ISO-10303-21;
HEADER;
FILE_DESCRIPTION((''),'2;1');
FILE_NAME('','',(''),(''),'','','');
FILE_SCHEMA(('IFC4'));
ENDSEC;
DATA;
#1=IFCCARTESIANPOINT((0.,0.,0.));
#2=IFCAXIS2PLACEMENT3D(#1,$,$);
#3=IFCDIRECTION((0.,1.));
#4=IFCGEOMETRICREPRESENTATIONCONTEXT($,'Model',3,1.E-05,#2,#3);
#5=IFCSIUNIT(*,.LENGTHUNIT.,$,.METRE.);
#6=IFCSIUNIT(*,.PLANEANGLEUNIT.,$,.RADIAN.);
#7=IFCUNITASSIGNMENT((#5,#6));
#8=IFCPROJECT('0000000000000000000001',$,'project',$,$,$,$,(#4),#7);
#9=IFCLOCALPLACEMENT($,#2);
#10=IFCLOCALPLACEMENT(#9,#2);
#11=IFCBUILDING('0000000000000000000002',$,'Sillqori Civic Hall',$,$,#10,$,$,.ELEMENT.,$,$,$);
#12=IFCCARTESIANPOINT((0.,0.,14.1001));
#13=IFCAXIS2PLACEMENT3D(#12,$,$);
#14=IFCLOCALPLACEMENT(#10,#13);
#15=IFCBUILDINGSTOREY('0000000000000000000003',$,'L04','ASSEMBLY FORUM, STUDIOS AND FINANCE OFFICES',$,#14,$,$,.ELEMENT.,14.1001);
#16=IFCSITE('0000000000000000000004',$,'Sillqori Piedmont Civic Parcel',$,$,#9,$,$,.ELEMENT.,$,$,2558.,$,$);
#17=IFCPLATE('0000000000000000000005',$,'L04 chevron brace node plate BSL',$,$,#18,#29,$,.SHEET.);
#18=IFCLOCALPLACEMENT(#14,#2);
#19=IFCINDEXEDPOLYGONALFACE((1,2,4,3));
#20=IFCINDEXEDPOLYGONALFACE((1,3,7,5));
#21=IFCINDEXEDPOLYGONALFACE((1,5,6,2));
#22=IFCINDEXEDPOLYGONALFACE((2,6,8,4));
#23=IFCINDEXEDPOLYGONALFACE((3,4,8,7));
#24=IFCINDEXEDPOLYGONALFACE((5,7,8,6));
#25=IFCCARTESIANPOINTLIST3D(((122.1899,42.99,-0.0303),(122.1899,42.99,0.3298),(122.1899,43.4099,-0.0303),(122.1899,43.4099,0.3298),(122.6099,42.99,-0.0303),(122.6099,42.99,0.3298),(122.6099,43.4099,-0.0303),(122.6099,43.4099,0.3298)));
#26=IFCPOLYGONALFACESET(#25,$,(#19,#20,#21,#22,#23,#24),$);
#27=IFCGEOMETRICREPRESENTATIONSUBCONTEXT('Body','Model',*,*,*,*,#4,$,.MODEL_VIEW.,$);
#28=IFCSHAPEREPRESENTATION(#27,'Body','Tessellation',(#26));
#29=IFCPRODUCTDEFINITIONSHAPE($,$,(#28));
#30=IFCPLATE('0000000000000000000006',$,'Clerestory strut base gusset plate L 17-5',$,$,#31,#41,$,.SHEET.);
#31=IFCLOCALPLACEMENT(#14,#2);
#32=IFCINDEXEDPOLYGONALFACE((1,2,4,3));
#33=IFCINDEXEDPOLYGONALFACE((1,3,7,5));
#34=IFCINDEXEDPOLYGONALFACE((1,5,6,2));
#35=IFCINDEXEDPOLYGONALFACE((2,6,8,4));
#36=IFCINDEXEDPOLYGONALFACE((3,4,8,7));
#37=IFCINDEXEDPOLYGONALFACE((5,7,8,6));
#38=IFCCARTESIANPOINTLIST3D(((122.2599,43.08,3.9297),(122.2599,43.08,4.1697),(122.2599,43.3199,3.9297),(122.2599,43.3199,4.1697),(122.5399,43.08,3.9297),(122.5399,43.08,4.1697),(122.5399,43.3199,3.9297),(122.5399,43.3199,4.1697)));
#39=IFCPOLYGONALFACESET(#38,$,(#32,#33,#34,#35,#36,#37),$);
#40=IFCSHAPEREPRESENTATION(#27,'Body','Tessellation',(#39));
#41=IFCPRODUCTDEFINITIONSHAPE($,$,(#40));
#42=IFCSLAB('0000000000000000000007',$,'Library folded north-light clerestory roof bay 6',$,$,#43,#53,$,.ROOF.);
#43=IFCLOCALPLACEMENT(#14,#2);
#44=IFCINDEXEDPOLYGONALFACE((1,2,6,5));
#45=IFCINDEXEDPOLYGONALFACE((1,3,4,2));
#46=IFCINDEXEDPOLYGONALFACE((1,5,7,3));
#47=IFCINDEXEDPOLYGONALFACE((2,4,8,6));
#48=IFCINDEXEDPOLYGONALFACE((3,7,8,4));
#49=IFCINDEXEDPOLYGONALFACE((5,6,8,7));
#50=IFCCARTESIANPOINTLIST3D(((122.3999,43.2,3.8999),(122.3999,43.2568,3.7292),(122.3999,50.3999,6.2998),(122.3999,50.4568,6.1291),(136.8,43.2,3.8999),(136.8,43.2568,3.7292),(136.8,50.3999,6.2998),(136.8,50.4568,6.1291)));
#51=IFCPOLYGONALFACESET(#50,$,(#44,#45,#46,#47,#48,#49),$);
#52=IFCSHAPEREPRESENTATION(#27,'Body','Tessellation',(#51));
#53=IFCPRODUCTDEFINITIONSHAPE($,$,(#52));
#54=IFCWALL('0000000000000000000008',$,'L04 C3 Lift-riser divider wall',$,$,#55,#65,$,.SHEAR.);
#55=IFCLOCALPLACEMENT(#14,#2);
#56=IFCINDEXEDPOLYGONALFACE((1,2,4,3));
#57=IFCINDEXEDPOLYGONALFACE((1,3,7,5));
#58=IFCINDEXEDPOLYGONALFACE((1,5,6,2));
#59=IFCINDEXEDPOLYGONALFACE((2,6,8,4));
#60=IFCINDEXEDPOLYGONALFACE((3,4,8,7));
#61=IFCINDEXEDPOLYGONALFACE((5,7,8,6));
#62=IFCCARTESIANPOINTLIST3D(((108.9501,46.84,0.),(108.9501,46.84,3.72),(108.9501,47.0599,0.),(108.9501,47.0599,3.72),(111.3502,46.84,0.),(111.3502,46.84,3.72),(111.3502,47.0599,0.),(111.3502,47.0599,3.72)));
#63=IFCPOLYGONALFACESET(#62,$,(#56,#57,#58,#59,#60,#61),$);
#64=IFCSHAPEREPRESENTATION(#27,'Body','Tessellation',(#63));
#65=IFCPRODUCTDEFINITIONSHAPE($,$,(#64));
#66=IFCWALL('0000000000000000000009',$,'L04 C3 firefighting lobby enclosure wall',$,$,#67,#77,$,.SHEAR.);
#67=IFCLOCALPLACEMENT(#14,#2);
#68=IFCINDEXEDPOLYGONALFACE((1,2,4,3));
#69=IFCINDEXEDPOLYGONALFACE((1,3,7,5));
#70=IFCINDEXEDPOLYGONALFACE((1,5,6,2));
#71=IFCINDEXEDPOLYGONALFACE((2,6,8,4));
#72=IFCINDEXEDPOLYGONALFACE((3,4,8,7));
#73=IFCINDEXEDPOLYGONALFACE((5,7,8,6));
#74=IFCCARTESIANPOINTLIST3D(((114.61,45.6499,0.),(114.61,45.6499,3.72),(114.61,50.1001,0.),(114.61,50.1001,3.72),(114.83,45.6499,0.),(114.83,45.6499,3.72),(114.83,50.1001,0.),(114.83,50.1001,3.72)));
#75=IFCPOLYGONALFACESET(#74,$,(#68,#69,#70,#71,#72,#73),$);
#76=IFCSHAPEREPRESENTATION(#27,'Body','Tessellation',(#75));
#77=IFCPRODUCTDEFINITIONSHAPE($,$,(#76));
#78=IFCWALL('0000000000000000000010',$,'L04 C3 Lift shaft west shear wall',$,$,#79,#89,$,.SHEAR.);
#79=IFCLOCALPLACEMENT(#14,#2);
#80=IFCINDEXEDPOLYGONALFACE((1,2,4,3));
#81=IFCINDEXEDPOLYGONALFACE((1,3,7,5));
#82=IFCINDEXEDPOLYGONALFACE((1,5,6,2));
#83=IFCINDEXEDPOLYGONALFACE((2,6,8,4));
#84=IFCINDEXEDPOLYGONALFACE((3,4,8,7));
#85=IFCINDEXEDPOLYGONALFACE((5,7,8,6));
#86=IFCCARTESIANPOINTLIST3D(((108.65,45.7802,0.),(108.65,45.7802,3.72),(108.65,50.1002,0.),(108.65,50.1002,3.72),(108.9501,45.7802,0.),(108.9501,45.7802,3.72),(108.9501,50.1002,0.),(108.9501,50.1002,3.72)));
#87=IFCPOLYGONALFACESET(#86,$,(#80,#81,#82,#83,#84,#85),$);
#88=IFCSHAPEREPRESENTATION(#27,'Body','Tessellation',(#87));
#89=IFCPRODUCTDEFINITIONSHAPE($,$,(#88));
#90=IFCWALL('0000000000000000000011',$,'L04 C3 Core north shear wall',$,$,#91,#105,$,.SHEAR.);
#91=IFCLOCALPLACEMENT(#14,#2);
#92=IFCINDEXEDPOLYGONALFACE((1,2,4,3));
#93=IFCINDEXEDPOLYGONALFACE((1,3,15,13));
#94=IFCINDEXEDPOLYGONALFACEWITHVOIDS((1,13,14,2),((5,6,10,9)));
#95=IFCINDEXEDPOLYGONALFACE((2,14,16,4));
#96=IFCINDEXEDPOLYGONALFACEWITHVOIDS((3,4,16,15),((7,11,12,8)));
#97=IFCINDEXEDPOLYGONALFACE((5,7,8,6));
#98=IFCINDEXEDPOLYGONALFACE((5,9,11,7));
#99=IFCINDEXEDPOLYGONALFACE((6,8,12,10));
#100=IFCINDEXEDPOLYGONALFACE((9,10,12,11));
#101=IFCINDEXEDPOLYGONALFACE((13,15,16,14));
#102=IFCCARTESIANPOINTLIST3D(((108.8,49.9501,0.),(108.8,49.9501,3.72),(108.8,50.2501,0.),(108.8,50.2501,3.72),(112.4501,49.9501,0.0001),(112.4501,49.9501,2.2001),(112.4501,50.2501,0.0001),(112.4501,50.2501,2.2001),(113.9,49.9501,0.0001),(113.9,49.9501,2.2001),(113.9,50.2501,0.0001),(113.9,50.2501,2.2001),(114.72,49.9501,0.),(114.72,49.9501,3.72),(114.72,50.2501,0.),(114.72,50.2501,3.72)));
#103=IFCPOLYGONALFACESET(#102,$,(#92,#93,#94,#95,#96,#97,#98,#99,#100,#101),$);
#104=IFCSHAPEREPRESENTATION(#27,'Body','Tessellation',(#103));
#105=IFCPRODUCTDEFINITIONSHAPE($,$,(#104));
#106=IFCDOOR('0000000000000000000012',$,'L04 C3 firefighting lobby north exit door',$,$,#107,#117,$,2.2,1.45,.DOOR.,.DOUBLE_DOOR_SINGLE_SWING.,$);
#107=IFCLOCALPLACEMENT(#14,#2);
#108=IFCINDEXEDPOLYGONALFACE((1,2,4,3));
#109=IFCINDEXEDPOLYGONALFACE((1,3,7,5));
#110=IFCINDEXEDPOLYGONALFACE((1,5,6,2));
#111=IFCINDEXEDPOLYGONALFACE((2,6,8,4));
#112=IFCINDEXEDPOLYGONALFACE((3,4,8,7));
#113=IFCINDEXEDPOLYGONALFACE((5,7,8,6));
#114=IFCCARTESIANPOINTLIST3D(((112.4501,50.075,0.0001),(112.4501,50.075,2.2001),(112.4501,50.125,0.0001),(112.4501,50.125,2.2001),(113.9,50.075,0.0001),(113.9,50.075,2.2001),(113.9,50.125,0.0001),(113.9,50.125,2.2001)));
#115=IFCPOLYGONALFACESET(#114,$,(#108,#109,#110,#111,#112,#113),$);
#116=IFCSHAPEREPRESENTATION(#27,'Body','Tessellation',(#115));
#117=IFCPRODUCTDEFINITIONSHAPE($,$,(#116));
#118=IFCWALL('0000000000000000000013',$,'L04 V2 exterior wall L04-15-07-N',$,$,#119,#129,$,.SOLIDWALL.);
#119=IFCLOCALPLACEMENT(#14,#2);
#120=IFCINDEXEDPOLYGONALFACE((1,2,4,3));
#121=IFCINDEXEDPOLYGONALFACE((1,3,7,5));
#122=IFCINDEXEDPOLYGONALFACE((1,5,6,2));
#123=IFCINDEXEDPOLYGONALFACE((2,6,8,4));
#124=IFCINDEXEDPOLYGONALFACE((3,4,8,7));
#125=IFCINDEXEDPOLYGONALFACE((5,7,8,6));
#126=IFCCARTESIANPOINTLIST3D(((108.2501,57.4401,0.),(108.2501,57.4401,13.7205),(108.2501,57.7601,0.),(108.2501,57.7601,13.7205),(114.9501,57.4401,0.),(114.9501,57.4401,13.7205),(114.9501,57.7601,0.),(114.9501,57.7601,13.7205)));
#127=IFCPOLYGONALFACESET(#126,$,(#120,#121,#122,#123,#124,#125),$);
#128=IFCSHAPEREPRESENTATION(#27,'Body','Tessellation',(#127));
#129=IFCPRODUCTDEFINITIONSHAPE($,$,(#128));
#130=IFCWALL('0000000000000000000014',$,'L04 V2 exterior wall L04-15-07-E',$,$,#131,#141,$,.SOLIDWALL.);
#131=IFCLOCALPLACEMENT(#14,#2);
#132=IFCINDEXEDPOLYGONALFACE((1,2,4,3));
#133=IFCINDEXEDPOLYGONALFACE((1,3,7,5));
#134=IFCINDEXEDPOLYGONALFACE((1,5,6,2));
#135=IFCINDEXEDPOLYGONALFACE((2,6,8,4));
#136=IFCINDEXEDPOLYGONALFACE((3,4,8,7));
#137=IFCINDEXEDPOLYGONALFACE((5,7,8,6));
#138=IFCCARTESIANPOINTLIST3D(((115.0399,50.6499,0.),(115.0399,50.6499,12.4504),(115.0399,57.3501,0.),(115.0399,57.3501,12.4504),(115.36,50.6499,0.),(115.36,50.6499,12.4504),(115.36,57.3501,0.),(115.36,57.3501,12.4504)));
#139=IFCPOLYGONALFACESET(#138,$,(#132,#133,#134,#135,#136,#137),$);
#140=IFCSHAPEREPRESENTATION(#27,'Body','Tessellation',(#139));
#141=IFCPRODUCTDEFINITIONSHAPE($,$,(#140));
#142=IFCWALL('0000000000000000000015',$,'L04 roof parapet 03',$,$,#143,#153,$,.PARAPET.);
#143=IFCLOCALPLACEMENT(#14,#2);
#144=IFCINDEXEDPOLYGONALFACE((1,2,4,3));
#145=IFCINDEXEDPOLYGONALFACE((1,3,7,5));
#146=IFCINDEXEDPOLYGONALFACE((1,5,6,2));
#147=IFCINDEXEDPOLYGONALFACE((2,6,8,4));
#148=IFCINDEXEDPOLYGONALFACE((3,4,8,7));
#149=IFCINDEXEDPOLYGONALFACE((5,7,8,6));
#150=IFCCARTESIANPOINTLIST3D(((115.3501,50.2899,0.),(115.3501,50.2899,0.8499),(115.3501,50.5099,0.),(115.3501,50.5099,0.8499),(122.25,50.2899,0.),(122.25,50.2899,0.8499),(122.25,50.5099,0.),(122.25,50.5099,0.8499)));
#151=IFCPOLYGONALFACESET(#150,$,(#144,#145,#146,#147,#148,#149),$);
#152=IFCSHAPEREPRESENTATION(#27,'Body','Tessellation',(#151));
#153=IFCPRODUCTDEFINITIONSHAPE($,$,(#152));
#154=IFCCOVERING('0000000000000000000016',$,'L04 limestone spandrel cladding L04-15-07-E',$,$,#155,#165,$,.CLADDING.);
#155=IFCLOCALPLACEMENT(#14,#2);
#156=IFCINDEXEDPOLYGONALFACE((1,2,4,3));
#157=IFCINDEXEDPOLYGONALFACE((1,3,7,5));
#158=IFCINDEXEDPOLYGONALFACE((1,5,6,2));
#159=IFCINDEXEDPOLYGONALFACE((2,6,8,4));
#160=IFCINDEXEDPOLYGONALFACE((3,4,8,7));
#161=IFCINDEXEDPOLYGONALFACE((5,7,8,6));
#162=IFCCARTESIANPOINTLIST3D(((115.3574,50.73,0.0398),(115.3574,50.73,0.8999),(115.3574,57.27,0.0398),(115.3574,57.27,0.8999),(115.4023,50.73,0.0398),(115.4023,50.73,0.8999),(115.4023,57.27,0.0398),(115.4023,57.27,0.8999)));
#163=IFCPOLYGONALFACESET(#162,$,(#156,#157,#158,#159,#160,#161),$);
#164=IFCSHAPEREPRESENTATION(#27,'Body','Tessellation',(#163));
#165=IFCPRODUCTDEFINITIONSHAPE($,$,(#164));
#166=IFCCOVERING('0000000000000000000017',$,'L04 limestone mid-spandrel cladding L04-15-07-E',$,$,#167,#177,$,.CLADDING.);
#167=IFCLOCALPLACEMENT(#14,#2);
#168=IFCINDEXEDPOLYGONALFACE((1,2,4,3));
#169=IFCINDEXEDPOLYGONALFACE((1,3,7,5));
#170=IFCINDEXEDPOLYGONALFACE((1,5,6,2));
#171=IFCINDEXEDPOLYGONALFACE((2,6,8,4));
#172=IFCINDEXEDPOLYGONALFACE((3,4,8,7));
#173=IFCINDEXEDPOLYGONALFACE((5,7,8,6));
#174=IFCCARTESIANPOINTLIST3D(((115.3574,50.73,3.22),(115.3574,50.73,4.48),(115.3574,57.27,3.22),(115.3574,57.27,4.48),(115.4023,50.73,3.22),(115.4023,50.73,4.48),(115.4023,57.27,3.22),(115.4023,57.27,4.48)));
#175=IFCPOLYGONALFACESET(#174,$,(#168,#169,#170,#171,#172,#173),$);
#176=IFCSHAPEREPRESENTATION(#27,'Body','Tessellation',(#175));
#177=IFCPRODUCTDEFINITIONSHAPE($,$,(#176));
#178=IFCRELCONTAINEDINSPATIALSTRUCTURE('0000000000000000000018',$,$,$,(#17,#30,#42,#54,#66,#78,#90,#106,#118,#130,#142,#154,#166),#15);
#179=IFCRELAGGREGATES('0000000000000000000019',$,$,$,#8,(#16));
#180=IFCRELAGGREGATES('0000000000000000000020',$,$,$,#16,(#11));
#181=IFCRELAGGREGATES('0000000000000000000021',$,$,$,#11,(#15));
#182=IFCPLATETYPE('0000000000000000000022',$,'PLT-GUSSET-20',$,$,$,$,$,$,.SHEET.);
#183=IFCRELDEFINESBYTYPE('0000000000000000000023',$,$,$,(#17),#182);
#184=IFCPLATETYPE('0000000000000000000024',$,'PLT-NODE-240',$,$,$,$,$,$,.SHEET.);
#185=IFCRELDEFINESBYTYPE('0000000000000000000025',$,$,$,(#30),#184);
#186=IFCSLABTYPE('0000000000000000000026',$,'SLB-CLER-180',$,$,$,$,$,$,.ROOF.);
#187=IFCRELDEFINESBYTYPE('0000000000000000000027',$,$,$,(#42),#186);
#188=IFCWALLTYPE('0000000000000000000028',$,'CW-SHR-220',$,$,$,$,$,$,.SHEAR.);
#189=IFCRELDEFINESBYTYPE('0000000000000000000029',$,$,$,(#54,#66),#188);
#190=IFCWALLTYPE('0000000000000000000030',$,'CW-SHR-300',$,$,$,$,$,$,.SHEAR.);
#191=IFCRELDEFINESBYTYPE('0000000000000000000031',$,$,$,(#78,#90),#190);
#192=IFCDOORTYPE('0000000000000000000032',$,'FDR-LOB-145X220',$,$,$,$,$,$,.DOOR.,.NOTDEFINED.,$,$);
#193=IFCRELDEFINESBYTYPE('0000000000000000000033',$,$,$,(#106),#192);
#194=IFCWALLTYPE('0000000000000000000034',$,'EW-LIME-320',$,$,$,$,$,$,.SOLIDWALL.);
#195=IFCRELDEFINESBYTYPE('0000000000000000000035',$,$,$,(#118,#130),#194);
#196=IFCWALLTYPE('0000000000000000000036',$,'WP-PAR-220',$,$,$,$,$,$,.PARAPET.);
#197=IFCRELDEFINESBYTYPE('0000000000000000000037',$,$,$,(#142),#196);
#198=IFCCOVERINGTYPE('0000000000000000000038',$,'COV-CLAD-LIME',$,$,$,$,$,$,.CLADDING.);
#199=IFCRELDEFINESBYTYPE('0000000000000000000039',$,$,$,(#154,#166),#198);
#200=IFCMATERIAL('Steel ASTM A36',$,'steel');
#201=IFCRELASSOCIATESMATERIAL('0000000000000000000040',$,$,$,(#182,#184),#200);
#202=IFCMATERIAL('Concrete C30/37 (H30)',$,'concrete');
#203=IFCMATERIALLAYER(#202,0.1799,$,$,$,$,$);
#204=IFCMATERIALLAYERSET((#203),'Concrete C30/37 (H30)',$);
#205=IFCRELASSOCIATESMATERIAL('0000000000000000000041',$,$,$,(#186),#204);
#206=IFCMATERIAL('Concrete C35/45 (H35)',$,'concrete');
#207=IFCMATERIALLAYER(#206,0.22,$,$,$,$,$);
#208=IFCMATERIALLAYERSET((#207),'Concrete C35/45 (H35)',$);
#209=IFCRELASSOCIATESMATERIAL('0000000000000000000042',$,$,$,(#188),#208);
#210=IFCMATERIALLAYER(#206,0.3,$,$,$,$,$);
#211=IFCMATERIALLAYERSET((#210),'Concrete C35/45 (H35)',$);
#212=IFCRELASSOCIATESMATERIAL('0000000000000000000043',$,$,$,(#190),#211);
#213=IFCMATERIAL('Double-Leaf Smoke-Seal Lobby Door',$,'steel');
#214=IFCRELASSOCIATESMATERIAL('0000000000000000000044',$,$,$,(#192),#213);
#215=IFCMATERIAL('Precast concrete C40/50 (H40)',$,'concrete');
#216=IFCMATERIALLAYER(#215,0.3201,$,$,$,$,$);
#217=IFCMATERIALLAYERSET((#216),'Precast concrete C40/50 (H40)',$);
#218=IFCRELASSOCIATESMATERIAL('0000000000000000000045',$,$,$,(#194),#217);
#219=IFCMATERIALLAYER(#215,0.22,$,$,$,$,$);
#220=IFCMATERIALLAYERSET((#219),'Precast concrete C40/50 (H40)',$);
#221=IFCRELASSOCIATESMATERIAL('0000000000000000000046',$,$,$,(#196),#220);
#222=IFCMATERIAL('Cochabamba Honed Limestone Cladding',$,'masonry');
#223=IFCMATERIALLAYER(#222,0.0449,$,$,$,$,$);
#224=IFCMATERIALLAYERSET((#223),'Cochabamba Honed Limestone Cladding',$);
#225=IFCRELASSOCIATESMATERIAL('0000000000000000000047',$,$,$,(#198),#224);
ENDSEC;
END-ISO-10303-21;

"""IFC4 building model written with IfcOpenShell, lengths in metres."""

from ifc_helpers import new_model, si_unit, direction, frame, frame_2d, origin, origin_2d, place, context, subcontext, project, spatial, polyline, rectangle, outline, extrude, material, layer, layer_set, type_object, element, fill, save


model = new_model("IFC4")

# Units and contexts
model_context = context("Model", 3, precision=1e-05, world=origin(), true_north=direction((0.0, 1.0)))
body_context = subcontext(model_context, "Body", "Model", "MODEL_VIEW")
ifc_project = project(units=[si_unit("LENGTHUNIT", "METRE"), si_unit("PLANEANGLEUNIT", "RADIAN")], contexts=[model_context])

# Site, building, storey
site_placement = place(None, origin())
site = spatial("IfcSite", under=ifc_project, at=site_placement, Name="Sillqori Piedmont Civic Parcel", CompositionType="ELEMENT", RefElevation=2558.0)
building_placement = place(site_placement, origin())
building = spatial("IfcBuilding", under=site, at=building_placement, Name="Sillqori Civic Hall", CompositionType="ELEMENT")
storey_placement = place(building_placement, frame((0.0, 0.0, 14.1001)))
storey = spatial("IfcBuildingStorey", under=building, at=storey_placement, Name="L04", Description="ASSEMBLY FORUM, STUDIOS AND FINANCE OFFICES", CompositionType="ELEMENT", Elevation=14.1001)

# Shared definitions
ifc_material_1 = material(Name="Concrete C35/45 (H35)", Category="concrete")

# Plates
ifc_material_2 = material(Name="Steel ASTM A36", Category="steel")
plate_type_1 = type_object("IfcPlateType", Name="PLT-GUSSET-20", PredefinedType="SHEET", material=ifc_material_2)
plate_1_placement = place(storey_placement, frame((122.3999, 43.2, -0.0303), z_axis=(0.0, 0.0, 1.0), x_axis=(1.0, 0.0, 0.0)))
element("IfcPlate", 1, at=plate_1_placement, inside=storey, type_object=plate_type_1, Name="L04 chevron brace node plate BSL", PredefinedType="SHEET", context=body_context, shape_type="SweptSolid", body=[
    extrude(rectangle(XDim=0.4199, YDim=0.4199, at=origin_2d()), origin(), (0.0, 0.0, 1.0), 0.3601),
])
plate_type_2 = type_object("IfcPlateType", Name="PLT-NODE-240", PredefinedType="SHEET", material=ifc_material_2)
plate_2_placement = place(storey_placement, frame((122.3999, 43.2, 3.9297), z_axis=(0.0, 0.0, 1.0), x_axis=(1.0, 0.0, 0.0)))
element("IfcPlate", 2, at=plate_2_placement, inside=storey, type_object=plate_type_2, Name="Clerestory strut base gusset plate L 17-5", PredefinedType="SHEET", context=body_context, shape_type="SweptSolid", body=[
    extrude(rectangle(XDim=0.28, YDim=0.24, at=origin_2d()), origin(), (0.0, 0.0, 1.0), 0.24),
])

# Slab
ifc_material_3 = material(Name="Concrete C30/37 (H30)", Category="concrete")
ifc_layer_1 = layer(ifc_material_3, 0.1799)
ifc_layer_set_1 = layer_set([ifc_layer_1], Name="Concrete C30/37 (H30)")
slab_type = type_object("IfcSlabType", Name="SLB-CLER-180", PredefinedType="ROOF", material=ifc_layer_set_1)
slab_placement = place(storey_placement, frame((122.3999, 43.2, 3.8999), z_axis=(0.0, -0.316218, 0.948687), x_axis=(1.0, 0.0, 0.0)))
element("IfcSlab", 3, at=slab_placement, inside=storey, type_object=slab_type, Name="Library folded north-light clerestory roof bay 6", PredefinedType="ROOF", context=body_context, shape_type="SweptSolid", body=[
    extrude(outline(polyline([(0.0, 0.0), (14.4001, 0.0), (14.4001, 7.5894), (0.0, 7.5894), (0.0, 0.0)])), origin(), (0.0, 0.0, -1.0), 0.1799),
])

# Walls
ifc_layer_2 = layer(ifc_material_1, 0.22)
ifc_layer_set_2 = layer_set([ifc_layer_2], Name="Concrete C35/45 (H35)")
wall_type_1 = type_object("IfcWallType", Name="CW-SHR-220", PredefinedType="SHEAR", material=ifc_layer_set_2)
wall_1_placement = place(storey_placement, frame((108.95, 46.95, 0.0), z_axis=(0.0, 0.0, 1.0), x_axis=(1.0, 0.0, 0.0)))
element("IfcWall", 4, at=wall_1_placement, inside=storey, type_object=wall_type_1, Name="L04 C3 Lift-riser divider wall", PredefinedType="SHEAR", context=body_context, shape_type="SweptSolid", body=[
    extrude(rectangle(XDim=2.4001, YDim=0.22, at=frame_2d((1.2002, 0.0))), origin(), (0.0, 0.0, 1.0), 3.72),
])
wall_2_placement = place(storey_placement, frame((114.72, 50.1001, 0.0), z_axis=(0.0, 0.0, 1.0), x_axis=(0.0, -1.0, 0.0)))
element("IfcWall", 5, at=wall_2_placement, inside=storey, type_object=wall_type_1, Name="L04 C3 firefighting lobby enclosure wall", PredefinedType="SHEAR", context=body_context, shape_type="SweptSolid", body=[
    extrude(rectangle(XDim=4.4502, YDim=0.22, at=frame_2d((2.2251, 0.0))), origin(), (0.0, 0.0, 1.0), 3.72),
])

# Wall
ifc_layer_3 = layer(ifc_material_1, 0.3)
ifc_layer_set_3 = layer_set([ifc_layer_3], Name="Concrete C35/45 (H35)")
wall_type_2 = type_object("IfcWallType", Name="CW-SHR-300", PredefinedType="SHEAR", material=ifc_layer_set_3)
wall_3_placement = place(storey_placement, frame((108.8, 45.78, 0.0), z_axis=(0.0, 0.0, 1.0), x_axis=(0.0, 1.0, 0.0)))
element("IfcWall", 6, at=wall_3_placement, inside=storey, type_object=wall_type_2, Name="L04 C3 Lift shaft west shear wall", PredefinedType="SHEAR", context=body_context, shape_type="SweptSolid", body=[
    extrude(rectangle(XDim=4.3201, YDim=0.3, at=frame_2d((2.1602, 0.0))), origin(), (0.0, 0.0, 1.0), 3.72),
])

# Wall, opening, door
wall_4_placement = place(storey_placement, frame((108.8, 50.1001, 0.0), z_axis=(0.0, 0.0, 1.0), x_axis=(1.0, 0.0, 0.0)))
wall_4 = element("IfcWall", 7, at=wall_4_placement, inside=storey, type_object=wall_type_2, Name="L04 C3 Core north shear wall", PredefinedType="SHEAR", context=body_context, shape_type="SweptSolid", body=[
    extrude(rectangle(XDim=5.9199, YDim=0.3, at=frame_2d((2.96, 0.0))), origin(), (0.0, 0.0, 1.0), 3.72),
])
opening_1_placement = place(wall_4_placement, frame((3.6499, 0.0, 0.0)))
opening_1 = element("IfcOpeningElement", 8, at=opening_1_placement, cuts=wall_4, PredefinedType="OPENING", context=body_context, shape_type="SweptSolid", body=[
    extrude(rectangle(XDim=1.45, YDim=2.2, at=frame_2d((0.7251, 1.1001))), frame((0.0, 0.1599, 0.0), z_axis=(0.0, -1.0, 0.0), x_axis=(1.0, 0.0, 0.0)), (0.0, 0.0, 1.0), 0.3201),
])
ifc_material_4 = material(Name="Double-Leaf Smoke-Seal Lobby Door", Category="steel")
door_type_1 = type_object("IfcDoorType", Name="FDR-LOB-145X220", OperationType="NOTDEFINED", PredefinedType="DOOR", material=ifc_material_4)
door_1_placement = place(opening_1_placement, origin())
door_1 = element("IfcDoor", 9, at=door_1_placement, inside=storey, type_object=door_type_1, Name="L04 C3 firefighting lobby north exit door", OperationType="DOUBLE_DOOR_SINGLE_SWING", OverallHeight=2.2, OverallWidth=1.45, PredefinedType="DOOR", context=body_context, shape_type="SweptSolid", body=[
    extrude(rectangle(XDim=1.45, YDim=2.2, at=frame_2d((0.7251, 1.1001))), frame((0.0, 0.0249, 0.0), z_axis=(0.0, -1.0, 0.0), x_axis=(1.0, 0.0, 0.0)), (0.0, 0.0, 1.0), 0.05),
])
fill(opening_1, door_1)

# Walls
ifc_material_5 = material(Name="Precast concrete C40/50 (H40)", Category="concrete")
ifc_layer_4 = layer(ifc_material_5, 0.3201)
ifc_layer_set_4 = layer_set([ifc_layer_4], Name="Precast concrete C40/50 (H40)")
wall_type_3 = type_object("IfcWallType", Name="EW-LIME-320", PredefinedType="SOLIDWALL", material=ifc_layer_set_4)
wall_5_placement = place(storey_placement, frame((108.25, 57.6001, 0.0), z_axis=(0.0, 0.0, 1.0), x_axis=(1.0, 0.0, 0.0)))
element("IfcWall", 10, at=wall_5_placement, inside=storey, type_object=wall_type_3, Name="L04 V2 exterior wall L04-15-07-N", PredefinedType="SOLIDWALL", context=body_context, shape_type="SweptSolid", body=[
    extrude(rectangle(XDim=6.7, YDim=0.3201, at=frame_2d((3.3501, 0.0))), origin(), (0.0, 0.0, 1.0), 13.7205),
])
wall_6_placement = place(storey_placement, frame((115.2, 57.3501, 0.0), z_axis=(0.0, 0.0, 1.0), x_axis=(0.0, -1.0, 0.0)))
element("IfcWall", 11, at=wall_6_placement, inside=storey, type_object=wall_type_3, Name="L04 V2 exterior wall L04-15-07-E", PredefinedType="SOLIDWALL", context=body_context, shape_type="SweptSolid", body=[
    extrude(rectangle(XDim=6.7002, YDim=0.3201, at=frame_2d((3.3501, 0.0))), origin(), (0.0, 0.0, 1.0), 12.4504),
])
ifc_layer_5 = layer(ifc_material_5, 0.22)
ifc_layer_set_5 = layer_set([ifc_layer_5], Name="Precast concrete C40/50 (H40)")
wall_type_4 = type_object("IfcWallType", Name="WP-PAR-220", PredefinedType="PARAPET", material=ifc_layer_set_5)
wall_7_placement = place(storey_placement, frame((115.3501, 50.3999, 0.0), z_axis=(0.0, 0.0, 1.0), x_axis=(1.0, 0.0, 0.0)))
element("IfcWall", 12, at=wall_7_placement, inside=storey, type_object=wall_type_4, Name="L04 roof parapet 03", PredefinedType="PARAPET", context=body_context, shape_type="SweptSolid", body=[
    extrude(rectangle(XDim=6.8999, YDim=0.22, at=frame_2d((3.45, 0.0))), origin(), (0.0, 0.0, 1.0), 0.8499),
])

# Coverings
ifc_material_6 = material(Name="Cochabamba Honed Limestone Cladding", Category="masonry")
ifc_layer_6 = layer(ifc_material_6, 0.0449)
ifc_layer_set_6 = layer_set([ifc_layer_6], Name="Cochabamba Honed Limestone Cladding")
covering_type = type_object("IfcCoveringType", Name="COV-CLAD-LIME", PredefinedType="CLADDING", material=ifc_layer_set_6)
covering_1_placement = place(storey_placement, frame((115.3799, 57.27, 0.0398), z_axis=(0.0, 0.0, 1.0), x_axis=(0.0, -1.0, 0.0)))
element("IfcCovering", 13, at=covering_1_placement, inside=storey, type_object=covering_type, Name="L04 limestone spandrel cladding L04-15-07-E", PredefinedType="CLADDING", context=body_context, shape_type="SweptSolid", body=[
    extrude(rectangle(XDim=6.54, YDim=0.0449, at=frame_2d((3.27, 0.0))), origin(), (0.0, 0.0, 1.0), 0.8601),
])
covering_2_placement = place(storey_placement, frame((115.3799, 57.27, 3.22), z_axis=(0.0, 0.0, 1.0), x_axis=(0.0, -1.0, 0.0)))
element("IfcCovering", 14, at=covering_2_placement, inside=storey, type_object=covering_type, Name="L04 limestone mid-spandrel cladding L04-15-07-E", PredefinedType="CLADDING", context=body_context, shape_type="SweptSolid", body=[
    extrude(rectangle(XDim=6.54, YDim=0.0449, at=frame_2d((3.27, 0.0))), origin(), (0.0, 0.0, 1.0), 1.26),
])

save(model, "model.ifc")
